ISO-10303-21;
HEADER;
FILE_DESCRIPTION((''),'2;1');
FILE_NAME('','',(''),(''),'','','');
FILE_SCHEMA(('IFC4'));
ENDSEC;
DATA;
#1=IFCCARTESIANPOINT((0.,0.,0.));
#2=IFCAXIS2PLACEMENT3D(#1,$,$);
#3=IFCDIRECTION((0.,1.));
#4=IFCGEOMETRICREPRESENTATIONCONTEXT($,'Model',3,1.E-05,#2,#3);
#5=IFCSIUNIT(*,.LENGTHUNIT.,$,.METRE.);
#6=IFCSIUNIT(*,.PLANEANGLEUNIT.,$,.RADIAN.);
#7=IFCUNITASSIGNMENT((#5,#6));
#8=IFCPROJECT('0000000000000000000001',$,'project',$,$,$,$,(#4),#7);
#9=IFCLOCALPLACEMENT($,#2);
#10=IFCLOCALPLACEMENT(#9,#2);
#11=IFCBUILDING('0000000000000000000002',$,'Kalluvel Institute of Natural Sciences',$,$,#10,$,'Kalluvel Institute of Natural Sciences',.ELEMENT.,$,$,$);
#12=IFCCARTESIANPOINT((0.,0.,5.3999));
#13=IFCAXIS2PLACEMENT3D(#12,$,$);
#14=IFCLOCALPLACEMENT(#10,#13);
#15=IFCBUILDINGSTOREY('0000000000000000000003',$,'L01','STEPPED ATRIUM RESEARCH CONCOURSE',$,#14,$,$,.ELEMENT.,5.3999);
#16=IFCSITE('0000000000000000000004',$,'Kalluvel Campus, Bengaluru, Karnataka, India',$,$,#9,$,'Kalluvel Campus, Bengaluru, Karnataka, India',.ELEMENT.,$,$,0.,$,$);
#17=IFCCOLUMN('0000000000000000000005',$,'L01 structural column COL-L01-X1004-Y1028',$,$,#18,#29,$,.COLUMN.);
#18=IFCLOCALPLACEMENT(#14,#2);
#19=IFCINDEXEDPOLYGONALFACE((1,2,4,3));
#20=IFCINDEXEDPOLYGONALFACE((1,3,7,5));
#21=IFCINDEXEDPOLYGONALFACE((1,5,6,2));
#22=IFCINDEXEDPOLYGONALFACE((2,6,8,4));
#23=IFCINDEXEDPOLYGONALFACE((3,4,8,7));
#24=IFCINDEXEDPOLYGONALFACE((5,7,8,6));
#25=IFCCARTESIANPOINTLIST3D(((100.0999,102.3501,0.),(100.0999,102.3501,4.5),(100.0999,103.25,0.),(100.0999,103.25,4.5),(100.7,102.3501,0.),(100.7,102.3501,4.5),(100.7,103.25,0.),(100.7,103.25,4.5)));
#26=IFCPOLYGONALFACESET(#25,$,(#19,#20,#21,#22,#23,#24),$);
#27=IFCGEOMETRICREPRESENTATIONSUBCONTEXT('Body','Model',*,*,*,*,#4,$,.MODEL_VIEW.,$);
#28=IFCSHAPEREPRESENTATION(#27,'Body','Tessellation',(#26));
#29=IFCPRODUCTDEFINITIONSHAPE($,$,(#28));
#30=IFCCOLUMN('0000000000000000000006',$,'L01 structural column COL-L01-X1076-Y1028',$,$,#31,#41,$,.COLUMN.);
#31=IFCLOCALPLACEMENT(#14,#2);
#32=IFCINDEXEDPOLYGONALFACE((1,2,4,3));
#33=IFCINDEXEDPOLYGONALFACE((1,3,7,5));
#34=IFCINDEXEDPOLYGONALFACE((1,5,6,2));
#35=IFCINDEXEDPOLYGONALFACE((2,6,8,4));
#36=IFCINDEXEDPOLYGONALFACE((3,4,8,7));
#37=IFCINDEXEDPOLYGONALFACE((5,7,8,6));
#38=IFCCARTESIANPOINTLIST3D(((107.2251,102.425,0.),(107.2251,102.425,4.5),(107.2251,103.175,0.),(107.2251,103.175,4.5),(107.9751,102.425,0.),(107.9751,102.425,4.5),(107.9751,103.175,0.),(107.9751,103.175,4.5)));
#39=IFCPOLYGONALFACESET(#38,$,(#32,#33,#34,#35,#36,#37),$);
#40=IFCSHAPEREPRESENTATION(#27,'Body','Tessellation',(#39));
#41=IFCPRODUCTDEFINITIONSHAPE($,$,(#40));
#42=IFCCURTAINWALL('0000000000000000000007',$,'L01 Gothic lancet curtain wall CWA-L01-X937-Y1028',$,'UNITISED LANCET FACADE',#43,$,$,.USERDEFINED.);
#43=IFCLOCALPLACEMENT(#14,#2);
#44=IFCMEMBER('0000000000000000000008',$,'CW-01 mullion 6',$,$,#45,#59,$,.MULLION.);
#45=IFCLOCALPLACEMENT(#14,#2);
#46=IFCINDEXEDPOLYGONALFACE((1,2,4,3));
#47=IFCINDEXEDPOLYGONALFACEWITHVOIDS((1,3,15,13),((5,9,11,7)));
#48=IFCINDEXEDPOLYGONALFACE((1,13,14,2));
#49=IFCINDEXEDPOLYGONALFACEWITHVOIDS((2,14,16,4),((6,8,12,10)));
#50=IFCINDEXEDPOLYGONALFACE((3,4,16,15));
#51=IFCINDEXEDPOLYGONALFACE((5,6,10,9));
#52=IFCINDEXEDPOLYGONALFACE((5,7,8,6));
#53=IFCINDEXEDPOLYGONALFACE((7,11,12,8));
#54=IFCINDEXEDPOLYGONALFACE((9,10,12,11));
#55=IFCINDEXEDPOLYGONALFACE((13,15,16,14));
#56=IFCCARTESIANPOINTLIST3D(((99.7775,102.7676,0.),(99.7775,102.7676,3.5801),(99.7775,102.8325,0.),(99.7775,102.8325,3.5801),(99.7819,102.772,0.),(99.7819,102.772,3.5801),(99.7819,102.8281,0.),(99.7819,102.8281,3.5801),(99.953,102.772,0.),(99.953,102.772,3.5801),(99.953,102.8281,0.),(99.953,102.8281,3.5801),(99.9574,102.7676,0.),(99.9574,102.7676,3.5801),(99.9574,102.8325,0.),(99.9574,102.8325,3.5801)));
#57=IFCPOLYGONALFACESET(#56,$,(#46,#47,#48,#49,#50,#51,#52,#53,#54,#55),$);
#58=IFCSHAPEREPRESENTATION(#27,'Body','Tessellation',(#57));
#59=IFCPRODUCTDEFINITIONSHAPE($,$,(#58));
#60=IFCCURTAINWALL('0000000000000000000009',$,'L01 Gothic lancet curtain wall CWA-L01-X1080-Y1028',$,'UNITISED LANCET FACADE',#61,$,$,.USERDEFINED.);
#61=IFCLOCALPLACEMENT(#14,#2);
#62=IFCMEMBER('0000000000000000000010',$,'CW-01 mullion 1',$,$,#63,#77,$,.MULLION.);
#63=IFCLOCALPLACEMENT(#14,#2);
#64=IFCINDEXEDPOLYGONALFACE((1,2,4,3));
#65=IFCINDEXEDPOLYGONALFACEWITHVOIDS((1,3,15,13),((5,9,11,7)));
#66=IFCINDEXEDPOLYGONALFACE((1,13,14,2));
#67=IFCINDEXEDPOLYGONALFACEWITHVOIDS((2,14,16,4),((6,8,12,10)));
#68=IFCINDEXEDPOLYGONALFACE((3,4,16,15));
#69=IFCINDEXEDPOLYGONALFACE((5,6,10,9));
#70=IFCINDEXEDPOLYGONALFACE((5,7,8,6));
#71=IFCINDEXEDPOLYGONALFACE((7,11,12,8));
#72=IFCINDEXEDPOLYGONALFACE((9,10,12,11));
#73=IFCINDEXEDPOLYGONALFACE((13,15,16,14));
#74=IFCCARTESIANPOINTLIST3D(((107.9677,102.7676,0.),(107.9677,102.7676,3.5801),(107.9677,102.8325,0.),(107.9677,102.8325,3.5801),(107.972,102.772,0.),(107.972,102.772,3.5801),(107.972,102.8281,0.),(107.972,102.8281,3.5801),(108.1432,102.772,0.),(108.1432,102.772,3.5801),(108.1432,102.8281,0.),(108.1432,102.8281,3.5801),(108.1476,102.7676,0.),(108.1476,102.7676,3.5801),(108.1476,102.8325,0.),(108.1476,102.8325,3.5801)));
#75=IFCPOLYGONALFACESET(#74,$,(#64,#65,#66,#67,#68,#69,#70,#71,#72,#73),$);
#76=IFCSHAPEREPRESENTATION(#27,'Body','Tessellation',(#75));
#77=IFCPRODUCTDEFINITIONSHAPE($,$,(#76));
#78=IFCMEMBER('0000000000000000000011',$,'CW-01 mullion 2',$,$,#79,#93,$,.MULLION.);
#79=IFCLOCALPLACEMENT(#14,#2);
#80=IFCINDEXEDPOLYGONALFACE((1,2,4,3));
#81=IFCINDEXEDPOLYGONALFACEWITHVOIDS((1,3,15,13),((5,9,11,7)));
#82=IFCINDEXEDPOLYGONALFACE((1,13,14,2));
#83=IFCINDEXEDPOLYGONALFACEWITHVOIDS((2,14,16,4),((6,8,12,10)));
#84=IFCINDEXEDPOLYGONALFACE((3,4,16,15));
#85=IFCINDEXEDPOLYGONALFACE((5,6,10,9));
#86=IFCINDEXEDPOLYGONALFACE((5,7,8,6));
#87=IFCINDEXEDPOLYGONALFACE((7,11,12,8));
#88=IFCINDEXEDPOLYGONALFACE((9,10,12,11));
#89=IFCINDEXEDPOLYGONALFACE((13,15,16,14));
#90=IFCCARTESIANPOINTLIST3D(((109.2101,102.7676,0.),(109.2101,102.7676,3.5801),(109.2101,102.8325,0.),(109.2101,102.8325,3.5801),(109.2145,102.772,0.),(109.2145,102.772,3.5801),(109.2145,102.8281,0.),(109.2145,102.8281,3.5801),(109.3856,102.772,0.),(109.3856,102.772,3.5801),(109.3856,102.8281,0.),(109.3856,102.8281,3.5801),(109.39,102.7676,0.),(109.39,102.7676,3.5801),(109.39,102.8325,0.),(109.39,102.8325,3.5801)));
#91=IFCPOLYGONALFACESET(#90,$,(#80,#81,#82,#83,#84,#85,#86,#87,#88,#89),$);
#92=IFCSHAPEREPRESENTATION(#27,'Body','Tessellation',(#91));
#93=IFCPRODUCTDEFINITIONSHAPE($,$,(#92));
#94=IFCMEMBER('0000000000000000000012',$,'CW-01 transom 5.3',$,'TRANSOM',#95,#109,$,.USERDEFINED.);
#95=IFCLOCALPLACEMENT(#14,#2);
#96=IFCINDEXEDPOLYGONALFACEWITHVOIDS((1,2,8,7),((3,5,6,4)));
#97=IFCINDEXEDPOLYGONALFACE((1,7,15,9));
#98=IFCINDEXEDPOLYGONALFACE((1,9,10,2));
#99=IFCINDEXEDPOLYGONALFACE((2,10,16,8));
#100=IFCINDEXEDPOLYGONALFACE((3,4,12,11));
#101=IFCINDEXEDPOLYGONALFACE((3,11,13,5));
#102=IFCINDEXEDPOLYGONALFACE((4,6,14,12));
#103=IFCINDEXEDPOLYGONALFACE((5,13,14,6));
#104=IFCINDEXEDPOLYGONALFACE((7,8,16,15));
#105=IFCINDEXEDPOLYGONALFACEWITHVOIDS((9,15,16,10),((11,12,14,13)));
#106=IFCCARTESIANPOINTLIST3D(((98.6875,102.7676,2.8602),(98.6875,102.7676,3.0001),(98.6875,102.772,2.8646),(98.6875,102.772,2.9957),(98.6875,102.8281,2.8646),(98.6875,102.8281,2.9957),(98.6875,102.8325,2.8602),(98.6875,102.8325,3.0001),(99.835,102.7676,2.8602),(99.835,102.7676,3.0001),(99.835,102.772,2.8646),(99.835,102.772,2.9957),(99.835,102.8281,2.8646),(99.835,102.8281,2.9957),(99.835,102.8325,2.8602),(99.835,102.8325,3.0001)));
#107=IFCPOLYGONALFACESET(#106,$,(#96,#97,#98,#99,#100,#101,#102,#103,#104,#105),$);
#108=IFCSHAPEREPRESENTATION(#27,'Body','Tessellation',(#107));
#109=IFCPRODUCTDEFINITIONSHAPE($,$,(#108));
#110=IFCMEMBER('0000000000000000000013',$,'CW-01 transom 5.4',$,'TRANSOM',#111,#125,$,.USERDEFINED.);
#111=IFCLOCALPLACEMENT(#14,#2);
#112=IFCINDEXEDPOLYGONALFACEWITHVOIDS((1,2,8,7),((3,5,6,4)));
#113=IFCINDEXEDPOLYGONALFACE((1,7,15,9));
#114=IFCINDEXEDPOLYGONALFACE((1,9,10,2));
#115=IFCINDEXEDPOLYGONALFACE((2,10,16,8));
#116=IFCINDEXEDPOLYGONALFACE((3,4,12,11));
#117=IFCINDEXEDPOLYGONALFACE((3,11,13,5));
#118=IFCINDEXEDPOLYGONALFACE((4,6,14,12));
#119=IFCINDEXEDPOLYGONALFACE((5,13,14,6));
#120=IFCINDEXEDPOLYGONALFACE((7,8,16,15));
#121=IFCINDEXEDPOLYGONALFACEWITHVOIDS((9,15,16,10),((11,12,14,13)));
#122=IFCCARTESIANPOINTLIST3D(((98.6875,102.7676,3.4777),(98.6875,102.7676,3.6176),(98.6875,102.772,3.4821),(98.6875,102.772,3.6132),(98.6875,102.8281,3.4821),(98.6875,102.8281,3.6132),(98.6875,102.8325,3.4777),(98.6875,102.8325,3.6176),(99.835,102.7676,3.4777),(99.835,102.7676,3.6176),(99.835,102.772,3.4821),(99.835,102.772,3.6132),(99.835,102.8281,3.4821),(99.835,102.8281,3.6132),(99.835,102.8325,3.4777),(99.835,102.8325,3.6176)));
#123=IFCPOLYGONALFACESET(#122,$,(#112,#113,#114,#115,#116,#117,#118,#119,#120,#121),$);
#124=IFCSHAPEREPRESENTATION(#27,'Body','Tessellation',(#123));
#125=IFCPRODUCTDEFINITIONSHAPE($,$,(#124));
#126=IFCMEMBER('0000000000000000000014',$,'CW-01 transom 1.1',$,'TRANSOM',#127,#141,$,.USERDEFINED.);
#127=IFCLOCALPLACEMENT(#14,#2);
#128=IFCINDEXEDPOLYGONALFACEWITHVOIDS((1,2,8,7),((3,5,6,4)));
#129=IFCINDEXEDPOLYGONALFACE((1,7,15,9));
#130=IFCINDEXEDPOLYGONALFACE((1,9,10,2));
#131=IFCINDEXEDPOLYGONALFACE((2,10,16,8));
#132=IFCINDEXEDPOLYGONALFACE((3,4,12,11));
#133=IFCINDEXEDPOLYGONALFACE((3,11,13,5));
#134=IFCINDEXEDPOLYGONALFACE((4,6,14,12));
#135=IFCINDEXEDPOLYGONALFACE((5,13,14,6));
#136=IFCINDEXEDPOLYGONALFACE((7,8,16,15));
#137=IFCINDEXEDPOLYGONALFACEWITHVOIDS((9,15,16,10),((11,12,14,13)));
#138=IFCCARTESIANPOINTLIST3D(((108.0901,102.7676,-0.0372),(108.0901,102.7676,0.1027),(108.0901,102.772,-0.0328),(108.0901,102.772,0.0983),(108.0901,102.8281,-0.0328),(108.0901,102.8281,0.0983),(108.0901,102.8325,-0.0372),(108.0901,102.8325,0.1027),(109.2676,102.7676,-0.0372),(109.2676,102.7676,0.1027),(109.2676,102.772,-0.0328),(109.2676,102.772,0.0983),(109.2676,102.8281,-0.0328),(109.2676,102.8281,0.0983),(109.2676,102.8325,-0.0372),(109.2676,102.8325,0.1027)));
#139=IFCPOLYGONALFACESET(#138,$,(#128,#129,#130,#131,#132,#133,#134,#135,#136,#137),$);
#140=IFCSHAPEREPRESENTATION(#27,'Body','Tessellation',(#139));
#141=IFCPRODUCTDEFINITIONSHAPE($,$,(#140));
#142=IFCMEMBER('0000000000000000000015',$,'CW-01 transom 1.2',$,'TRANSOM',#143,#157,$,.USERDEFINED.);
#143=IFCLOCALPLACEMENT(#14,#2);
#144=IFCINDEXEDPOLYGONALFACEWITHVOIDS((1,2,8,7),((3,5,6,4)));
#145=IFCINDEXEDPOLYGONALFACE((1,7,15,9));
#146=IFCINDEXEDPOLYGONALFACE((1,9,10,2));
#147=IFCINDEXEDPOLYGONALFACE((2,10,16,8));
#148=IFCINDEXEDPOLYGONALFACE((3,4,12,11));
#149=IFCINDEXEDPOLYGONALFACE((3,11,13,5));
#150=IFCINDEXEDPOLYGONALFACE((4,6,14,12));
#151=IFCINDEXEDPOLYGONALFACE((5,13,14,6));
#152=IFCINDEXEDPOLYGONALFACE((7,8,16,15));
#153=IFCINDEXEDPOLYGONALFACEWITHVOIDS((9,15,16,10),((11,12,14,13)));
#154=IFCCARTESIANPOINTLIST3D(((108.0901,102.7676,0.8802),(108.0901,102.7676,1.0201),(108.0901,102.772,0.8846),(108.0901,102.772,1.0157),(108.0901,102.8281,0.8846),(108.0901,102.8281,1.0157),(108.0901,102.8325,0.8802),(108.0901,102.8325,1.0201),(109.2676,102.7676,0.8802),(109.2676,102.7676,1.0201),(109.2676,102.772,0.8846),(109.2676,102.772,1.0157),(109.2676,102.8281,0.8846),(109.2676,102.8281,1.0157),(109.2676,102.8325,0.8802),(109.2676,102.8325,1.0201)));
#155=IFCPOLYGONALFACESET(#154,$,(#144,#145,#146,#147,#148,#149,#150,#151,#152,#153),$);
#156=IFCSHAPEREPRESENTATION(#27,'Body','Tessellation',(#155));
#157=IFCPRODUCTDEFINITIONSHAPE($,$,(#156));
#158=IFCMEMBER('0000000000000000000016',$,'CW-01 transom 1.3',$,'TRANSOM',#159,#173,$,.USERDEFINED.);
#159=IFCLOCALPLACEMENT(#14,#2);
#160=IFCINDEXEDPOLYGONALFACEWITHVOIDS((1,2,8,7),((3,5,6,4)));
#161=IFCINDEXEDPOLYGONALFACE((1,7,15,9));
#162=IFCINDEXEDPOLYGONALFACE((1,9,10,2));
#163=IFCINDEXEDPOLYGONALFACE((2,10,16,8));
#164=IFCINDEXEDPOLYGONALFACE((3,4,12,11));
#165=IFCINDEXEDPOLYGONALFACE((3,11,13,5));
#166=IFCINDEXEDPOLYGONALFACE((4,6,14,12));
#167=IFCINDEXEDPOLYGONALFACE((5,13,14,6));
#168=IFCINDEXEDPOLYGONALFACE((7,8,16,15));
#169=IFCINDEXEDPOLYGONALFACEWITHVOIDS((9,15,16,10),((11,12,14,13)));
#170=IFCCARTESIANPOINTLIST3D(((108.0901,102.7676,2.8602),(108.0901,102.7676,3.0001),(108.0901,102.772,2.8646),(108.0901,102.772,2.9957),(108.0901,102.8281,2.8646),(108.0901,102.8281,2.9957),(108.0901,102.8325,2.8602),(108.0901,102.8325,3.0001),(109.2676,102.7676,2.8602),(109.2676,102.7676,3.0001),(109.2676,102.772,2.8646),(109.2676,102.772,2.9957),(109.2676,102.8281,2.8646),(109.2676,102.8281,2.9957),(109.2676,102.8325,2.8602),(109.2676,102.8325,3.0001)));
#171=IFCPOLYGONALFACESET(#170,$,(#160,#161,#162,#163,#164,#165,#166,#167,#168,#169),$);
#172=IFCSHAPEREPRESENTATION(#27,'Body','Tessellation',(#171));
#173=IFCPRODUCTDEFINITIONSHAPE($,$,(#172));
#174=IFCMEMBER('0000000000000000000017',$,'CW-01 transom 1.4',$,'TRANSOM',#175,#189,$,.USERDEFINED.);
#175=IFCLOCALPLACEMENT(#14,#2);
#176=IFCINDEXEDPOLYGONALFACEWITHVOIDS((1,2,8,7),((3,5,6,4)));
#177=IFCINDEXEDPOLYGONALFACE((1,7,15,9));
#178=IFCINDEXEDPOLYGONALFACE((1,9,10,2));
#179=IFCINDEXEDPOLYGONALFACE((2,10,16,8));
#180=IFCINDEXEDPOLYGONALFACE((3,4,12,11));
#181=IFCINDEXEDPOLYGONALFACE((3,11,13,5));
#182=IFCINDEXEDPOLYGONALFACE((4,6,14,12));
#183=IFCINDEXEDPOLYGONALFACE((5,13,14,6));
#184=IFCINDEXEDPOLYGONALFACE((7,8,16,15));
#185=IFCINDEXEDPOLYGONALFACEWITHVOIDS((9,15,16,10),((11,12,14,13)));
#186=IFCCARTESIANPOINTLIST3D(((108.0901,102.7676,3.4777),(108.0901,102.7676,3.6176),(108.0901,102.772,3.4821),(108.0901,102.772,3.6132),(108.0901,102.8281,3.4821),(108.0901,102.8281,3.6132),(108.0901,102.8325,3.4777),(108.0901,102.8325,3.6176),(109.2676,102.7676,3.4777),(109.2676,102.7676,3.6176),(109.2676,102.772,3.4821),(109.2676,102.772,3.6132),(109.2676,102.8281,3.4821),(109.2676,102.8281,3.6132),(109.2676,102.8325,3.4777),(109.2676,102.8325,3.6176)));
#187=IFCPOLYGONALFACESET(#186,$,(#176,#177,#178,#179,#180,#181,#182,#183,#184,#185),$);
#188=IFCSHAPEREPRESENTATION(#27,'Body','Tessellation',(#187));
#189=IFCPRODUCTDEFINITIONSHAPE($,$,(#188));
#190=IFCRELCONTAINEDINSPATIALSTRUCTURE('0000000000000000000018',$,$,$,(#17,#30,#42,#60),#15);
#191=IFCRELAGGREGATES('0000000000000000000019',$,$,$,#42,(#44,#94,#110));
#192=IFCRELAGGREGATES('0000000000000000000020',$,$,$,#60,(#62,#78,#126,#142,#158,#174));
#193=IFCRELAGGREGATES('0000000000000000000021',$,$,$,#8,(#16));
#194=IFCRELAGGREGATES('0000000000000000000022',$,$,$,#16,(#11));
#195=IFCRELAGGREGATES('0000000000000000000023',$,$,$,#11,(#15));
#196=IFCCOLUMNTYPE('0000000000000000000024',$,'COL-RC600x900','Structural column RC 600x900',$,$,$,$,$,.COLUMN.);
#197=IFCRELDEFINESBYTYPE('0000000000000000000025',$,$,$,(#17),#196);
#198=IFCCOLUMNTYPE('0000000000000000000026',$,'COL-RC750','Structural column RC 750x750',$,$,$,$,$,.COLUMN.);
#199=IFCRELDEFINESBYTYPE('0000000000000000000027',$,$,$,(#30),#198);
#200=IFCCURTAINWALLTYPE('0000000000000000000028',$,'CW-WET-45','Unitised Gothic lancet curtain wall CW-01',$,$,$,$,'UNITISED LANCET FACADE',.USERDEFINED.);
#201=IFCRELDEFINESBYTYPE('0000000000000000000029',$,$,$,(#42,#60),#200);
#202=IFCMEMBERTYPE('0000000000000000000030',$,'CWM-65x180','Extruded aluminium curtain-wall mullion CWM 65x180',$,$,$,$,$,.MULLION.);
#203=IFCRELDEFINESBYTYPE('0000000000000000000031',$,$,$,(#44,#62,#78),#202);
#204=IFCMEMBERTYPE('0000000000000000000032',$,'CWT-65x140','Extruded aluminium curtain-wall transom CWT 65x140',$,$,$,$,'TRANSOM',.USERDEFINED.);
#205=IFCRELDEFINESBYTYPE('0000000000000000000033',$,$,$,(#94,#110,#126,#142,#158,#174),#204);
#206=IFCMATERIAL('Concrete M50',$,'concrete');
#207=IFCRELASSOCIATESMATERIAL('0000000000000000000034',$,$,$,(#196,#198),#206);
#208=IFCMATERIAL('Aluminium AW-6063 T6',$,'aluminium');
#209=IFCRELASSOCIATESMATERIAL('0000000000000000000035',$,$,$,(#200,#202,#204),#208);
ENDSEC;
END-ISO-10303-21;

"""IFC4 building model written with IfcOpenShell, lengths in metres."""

from ifc_helpers import new_model, si_unit, direction, frame, origin, origin_2d, place, context, subcontext, project, spatial, rectangle, hollow_rectangle, extrude, material, material_profile, profile_set, type_object, element, aggregate, save


model = new_model("IFC4")

# Units and contexts
model_context = context("Model", 3, precision=1e-05, world=origin(), true_north=direction((0.0, 1.0)))
body_context = subcontext(model_context, "Body", "Model", "MODEL_VIEW")
ifc_project = project(units=[si_unit("LENGTHUNIT", "METRE"), si_unit("PLANEANGLEUNIT", "RADIAN")], contexts=[model_context])

# Site, building, storey
site_placement = place(None, origin())
site = spatial("IfcSite", under=ifc_project, at=site_placement, Name="Kalluvel Campus, Bengaluru, Karnataka, India", LongName="Kalluvel Campus, Bengaluru, Karnataka, India", CompositionType="ELEMENT", RefElevation=0.0)
building_placement = place(site_placement, origin())
building = spatial("IfcBuilding", under=site, at=building_placement, Name="Kalluvel Institute of Natural Sciences", LongName="Kalluvel Institute of Natural Sciences", CompositionType="ELEMENT")
storey_placement = place(building_placement, frame((0.0, 0.0, 5.3999)))
storey = spatial("IfcBuildingStorey", under=building, at=storey_placement, Name="L01", Description="STEPPED ATRIUM RESEARCH CONCOURSE", CompositionType="ELEMENT", Elevation=5.3999)

# Columns
ifc_material_1 = material(Name="Concrete M50", Category="concrete")
ifc_material_profile_1 = material_profile(ifc_material_1, rectangle(XDim=0.6001, YDim=0.8999, at=origin_2d()), Name="RC 600x900")
ifc_profile_set_1 = profile_set([ifc_material_profile_1], Name="Concrete M50")
column_type_1 = type_object("IfcColumnType", Name="COL-RC600x900", Description="Structural column RC 600x900", PredefinedType="COLUMN", material=ifc_profile_set_1)
column_1_placement = place(storey_placement, frame((100.3999, 102.8, 0.0), z_axis=(0.0, 0.0, 1.0), x_axis=(1.0, 0.0, 0.0)))
element("IfcColumn", 1, at=column_1_placement, inside=storey, type_object=column_type_1, Name="L01 structural column COL-L01-X1004-Y1028", PredefinedType="COLUMN", context=body_context, shape_type="SweptSolid", body=[
    extrude(rectangle(XDim=0.6001, YDim=0.8999, at=origin_2d()), origin(), (0.0, 0.0, 1.0), 4.5),
])
ifc_material_profile_2 = material_profile(ifc_material_1, rectangle(XDim=0.75, YDim=0.75, at=origin_2d()), Name="RC 750x750")
ifc_profile_set_2 = profile_set([ifc_material_profile_2], Name="Concrete M50")
column_type_2 = type_object("IfcColumnType", Name="COL-RC750", Description="Structural column RC 750x750", PredefinedType="COLUMN", material=ifc_profile_set_2)
column_2_placement = place(storey_placement, frame((107.6001, 102.8, 0.0), z_axis=(0.0, 0.0, 1.0), x_axis=(1.0, 0.0, 0.0)))
element("IfcColumn", 2, at=column_2_placement, inside=storey, type_object=column_type_2, Name="L01 structural column COL-L01-X1076-Y1028", PredefinedType="COLUMN", context=body_context, shape_type="SweptSolid", body=[
    extrude(rectangle(XDim=0.75, YDim=0.75, at=origin_2d()), origin(), (0.0, 0.0, 1.0), 4.5),
])

# Curtain wall, member
ifc_material_2 = material(Name="Aluminium AW-6063 T6", Category="aluminium")
curtain_wall_type = type_object("IfcCurtainWallType", Name="CW-WET-45", Description="Unitised Gothic lancet curtain wall CW-01", ElementType="UNITISED LANCET FACADE", PredefinedType="USERDEFINED", material=ifc_material_2)
curtain_wall_1_placement = place(storey_placement, origin())
curtain_wall_1 = element("IfcCurtainWall", 3, at=curtain_wall_1_placement, inside=storey, type_object=curtain_wall_type, Name="L01 Gothic lancet curtain wall CWA-L01-X937-Y1028", ObjectType="UNITISED LANCET FACADE", PredefinedType="USERDEFINED")
ifc_material_profile_3 = material_profile(ifc_material_2, hollow_rectangle(XDim=0.0649, YDim=0.1799, WallThickness=0.0044, at=origin_2d()), Name="CWM 65x180")
ifc_profile_set_3 = profile_set([ifc_material_profile_3], Name="Aluminium AW-6063 T6")
member_type_1 = type_object("IfcMemberType", Name="CWM-65x180", Description="Extruded aluminium curtain-wall mullion CWM 65x180", PredefinedType="MULLION", material=ifc_profile_set_3)
member_1_placement = place(storey_placement, frame((99.8674, 102.8, 0.0), z_axis=(0.0, 0.0, 1.0), x_axis=(0.0, 1.0, 0.0)))
member_1 = element("IfcMember", 4, at=member_1_placement, type_object=member_type_1, Name="CW-01 mullion 6", PredefinedType="MULLION", context=body_context, shape_type="SweptSolid", body=[
    extrude(hollow_rectangle(XDim=0.0649, YDim=0.1799, WallThickness=0.0044, at=origin_2d()), origin(), (0.0, 0.0, 1.0), 3.5801),
])

# Curtain wall, members
curtain_wall_2_placement = place(storey_placement, origin())
curtain_wall_2 = element("IfcCurtainWall", 5, at=curtain_wall_2_placement, inside=storey, type_object=curtain_wall_type, Name="L01 Gothic lancet curtain wall CWA-L01-X1080-Y1028", ObjectType="UNITISED LANCET FACADE", PredefinedType="USERDEFINED")
member_2_placement = place(storey_placement, frame((108.0576, 102.8, 0.0), z_axis=(0.0, 0.0, 1.0), x_axis=(0.0, 1.0, 0.0)))
member_2 = element("IfcMember", 6, at=member_2_placement, type_object=member_type_1, Name="CW-01 mullion 1", PredefinedType="MULLION", context=body_context, shape_type="SweptSolid", body=[
    extrude(hollow_rectangle(XDim=0.0649, YDim=0.1799, WallThickness=0.0044, at=origin_2d()), origin(), (0.0, 0.0, 1.0), 3.5801),
])
member_3_placement = place(storey_placement, frame((109.3, 102.8, 0.0), z_axis=(0.0, 0.0, 1.0), x_axis=(0.0, 1.0, 0.0)))
member_3 = element("IfcMember", 7, at=member_3_placement, type_object=member_type_1, Name="CW-01 mullion 2", PredefinedType="MULLION", context=body_context, shape_type="SweptSolid", body=[
    extrude(hollow_rectangle(XDim=0.0649, YDim=0.1799, WallThickness=0.0044, at=origin_2d()), origin(), (0.0, 0.0, 1.0), 3.5801),
])

# Members
ifc_material_profile_4 = material_profile(ifc_material_2, hollow_rectangle(XDim=0.0649, YDim=0.1399, WallThickness=0.0044, at=origin_2d()), Name="CWT 65x140")
ifc_profile_set_4 = profile_set([ifc_material_profile_4], Name="Aluminium AW-6063 T6")
member_type_2 = type_object("IfcMemberType", Name="CWT-65x140", Description="Extruded aluminium curtain-wall transom CWT 65x140", ElementType="TRANSOM", PredefinedType="USERDEFINED", material=ifc_profile_set_4)
member_4_placement = place(storey_placement, frame((98.6875, 102.8, 2.9302), z_axis=(1.0, 0.0, 0.0), x_axis=(0.0, 1.0, 0.0)))
member_4 = element("IfcMember", 8, at=member_4_placement, type_object=member_type_2, Name="CW-01 transom 5.3", ObjectType="TRANSOM", PredefinedType="USERDEFINED", context=body_context, shape_type="SweptSolid", body=[
    extrude(hollow_rectangle(XDim=0.0649, YDim=0.1399, WallThickness=0.0044, at=origin_2d()), origin(), (0.0, 0.0, 1.0), 1.1475),
])
member_5_placement = place(storey_placement, frame((98.6875, 102.8, 3.5476), z_axis=(1.0, 0.0, 0.0), x_axis=(0.0, 1.0, 0.0)))
member_5 = element("IfcMember", 9, at=member_5_placement, type_object=member_type_2, Name="CW-01 transom 5.4", ObjectType="TRANSOM", PredefinedType="USERDEFINED", context=body_context, shape_type="SweptSolid", body=[
    extrude(hollow_rectangle(XDim=0.0649, YDim=0.1399, WallThickness=0.0044, at=origin_2d()), origin(), (0.0, 0.0, 1.0), 1.1475),
])
member_6_placement = place(storey_placement, frame((108.0901, 102.8, 0.0327), z_axis=(1.0, 0.0, 0.0), x_axis=(0.0, 1.0, 0.0)))
member_6 = element("IfcMember", 10, at=member_6_placement, type_object=member_type_2, Name="CW-01 transom 1.1", ObjectType="TRANSOM", PredefinedType="USERDEFINED", context=body_context, shape_type="SweptSolid", body=[
    extrude(hollow_rectangle(XDim=0.0649, YDim=0.1399, WallThickness=0.0044, at=origin_2d()), origin(), (0.0, 0.0, 1.0), 1.1775),
])
member_7_placement = place(storey_placement, frame((108.0901, 102.8, 0.9502), z_axis=(1.0, 0.0, 0.0), x_axis=(0.0, 1.0, 0.0)))
member_7 = element("IfcMember", 11, at=member_7_placement, type_object=member_type_2, Name="CW-01 transom 1.2", ObjectType="TRANSOM", PredefinedType="USERDEFINED", context=body_context, shape_type="SweptSolid", body=[
    extrude(hollow_rectangle(XDim=0.0649, YDim=0.1399, WallThickness=0.0044, at=origin_2d()), origin(), (0.0, 0.0, 1.0), 1.1775),
])
member_8_placement = place(storey_placement, frame((108.0901, 102.8, 2.9302), z_axis=(1.0, 0.0, 0.0), x_axis=(0.0, 1.0, 0.0)))
member_8 = element("IfcMember", 12, at=member_8_placement, type_object=member_type_2, Name="CW-01 transom 1.3", ObjectType="TRANSOM", PredefinedType="USERDEFINED", context=body_context, shape_type="SweptSolid", body=[
    extrude(hollow_rectangle(XDim=0.0649, YDim=0.1399, WallThickness=0.0044, at=origin_2d()), origin(), (0.0, 0.0, 1.0), 1.1775),
])
member_9_placement = place(storey_placement, frame((108.0901, 102.8, 3.5476), z_axis=(1.0, 0.0, 0.0), x_axis=(0.0, 1.0, 0.0)))
member_9 = element("IfcMember", 13, at=member_9_placement, type_object=member_type_2, Name="CW-01 transom 1.4", ObjectType="TRANSOM", PredefinedType="USERDEFINED", context=body_context, shape_type="SweptSolid", body=[
    extrude(hollow_rectangle(XDim=0.0649, YDim=0.1399, WallThickness=0.0044, at=origin_2d()), origin(), (0.0, 0.0, 1.0), 1.1775),
])

aggregate(curtain_wall_1, [member_1, member_4, member_5])
aggregate(curtain_wall_2, [member_2, member_3, member_6, member_7, member_8, member_9])

save(model, "model.ifc")
